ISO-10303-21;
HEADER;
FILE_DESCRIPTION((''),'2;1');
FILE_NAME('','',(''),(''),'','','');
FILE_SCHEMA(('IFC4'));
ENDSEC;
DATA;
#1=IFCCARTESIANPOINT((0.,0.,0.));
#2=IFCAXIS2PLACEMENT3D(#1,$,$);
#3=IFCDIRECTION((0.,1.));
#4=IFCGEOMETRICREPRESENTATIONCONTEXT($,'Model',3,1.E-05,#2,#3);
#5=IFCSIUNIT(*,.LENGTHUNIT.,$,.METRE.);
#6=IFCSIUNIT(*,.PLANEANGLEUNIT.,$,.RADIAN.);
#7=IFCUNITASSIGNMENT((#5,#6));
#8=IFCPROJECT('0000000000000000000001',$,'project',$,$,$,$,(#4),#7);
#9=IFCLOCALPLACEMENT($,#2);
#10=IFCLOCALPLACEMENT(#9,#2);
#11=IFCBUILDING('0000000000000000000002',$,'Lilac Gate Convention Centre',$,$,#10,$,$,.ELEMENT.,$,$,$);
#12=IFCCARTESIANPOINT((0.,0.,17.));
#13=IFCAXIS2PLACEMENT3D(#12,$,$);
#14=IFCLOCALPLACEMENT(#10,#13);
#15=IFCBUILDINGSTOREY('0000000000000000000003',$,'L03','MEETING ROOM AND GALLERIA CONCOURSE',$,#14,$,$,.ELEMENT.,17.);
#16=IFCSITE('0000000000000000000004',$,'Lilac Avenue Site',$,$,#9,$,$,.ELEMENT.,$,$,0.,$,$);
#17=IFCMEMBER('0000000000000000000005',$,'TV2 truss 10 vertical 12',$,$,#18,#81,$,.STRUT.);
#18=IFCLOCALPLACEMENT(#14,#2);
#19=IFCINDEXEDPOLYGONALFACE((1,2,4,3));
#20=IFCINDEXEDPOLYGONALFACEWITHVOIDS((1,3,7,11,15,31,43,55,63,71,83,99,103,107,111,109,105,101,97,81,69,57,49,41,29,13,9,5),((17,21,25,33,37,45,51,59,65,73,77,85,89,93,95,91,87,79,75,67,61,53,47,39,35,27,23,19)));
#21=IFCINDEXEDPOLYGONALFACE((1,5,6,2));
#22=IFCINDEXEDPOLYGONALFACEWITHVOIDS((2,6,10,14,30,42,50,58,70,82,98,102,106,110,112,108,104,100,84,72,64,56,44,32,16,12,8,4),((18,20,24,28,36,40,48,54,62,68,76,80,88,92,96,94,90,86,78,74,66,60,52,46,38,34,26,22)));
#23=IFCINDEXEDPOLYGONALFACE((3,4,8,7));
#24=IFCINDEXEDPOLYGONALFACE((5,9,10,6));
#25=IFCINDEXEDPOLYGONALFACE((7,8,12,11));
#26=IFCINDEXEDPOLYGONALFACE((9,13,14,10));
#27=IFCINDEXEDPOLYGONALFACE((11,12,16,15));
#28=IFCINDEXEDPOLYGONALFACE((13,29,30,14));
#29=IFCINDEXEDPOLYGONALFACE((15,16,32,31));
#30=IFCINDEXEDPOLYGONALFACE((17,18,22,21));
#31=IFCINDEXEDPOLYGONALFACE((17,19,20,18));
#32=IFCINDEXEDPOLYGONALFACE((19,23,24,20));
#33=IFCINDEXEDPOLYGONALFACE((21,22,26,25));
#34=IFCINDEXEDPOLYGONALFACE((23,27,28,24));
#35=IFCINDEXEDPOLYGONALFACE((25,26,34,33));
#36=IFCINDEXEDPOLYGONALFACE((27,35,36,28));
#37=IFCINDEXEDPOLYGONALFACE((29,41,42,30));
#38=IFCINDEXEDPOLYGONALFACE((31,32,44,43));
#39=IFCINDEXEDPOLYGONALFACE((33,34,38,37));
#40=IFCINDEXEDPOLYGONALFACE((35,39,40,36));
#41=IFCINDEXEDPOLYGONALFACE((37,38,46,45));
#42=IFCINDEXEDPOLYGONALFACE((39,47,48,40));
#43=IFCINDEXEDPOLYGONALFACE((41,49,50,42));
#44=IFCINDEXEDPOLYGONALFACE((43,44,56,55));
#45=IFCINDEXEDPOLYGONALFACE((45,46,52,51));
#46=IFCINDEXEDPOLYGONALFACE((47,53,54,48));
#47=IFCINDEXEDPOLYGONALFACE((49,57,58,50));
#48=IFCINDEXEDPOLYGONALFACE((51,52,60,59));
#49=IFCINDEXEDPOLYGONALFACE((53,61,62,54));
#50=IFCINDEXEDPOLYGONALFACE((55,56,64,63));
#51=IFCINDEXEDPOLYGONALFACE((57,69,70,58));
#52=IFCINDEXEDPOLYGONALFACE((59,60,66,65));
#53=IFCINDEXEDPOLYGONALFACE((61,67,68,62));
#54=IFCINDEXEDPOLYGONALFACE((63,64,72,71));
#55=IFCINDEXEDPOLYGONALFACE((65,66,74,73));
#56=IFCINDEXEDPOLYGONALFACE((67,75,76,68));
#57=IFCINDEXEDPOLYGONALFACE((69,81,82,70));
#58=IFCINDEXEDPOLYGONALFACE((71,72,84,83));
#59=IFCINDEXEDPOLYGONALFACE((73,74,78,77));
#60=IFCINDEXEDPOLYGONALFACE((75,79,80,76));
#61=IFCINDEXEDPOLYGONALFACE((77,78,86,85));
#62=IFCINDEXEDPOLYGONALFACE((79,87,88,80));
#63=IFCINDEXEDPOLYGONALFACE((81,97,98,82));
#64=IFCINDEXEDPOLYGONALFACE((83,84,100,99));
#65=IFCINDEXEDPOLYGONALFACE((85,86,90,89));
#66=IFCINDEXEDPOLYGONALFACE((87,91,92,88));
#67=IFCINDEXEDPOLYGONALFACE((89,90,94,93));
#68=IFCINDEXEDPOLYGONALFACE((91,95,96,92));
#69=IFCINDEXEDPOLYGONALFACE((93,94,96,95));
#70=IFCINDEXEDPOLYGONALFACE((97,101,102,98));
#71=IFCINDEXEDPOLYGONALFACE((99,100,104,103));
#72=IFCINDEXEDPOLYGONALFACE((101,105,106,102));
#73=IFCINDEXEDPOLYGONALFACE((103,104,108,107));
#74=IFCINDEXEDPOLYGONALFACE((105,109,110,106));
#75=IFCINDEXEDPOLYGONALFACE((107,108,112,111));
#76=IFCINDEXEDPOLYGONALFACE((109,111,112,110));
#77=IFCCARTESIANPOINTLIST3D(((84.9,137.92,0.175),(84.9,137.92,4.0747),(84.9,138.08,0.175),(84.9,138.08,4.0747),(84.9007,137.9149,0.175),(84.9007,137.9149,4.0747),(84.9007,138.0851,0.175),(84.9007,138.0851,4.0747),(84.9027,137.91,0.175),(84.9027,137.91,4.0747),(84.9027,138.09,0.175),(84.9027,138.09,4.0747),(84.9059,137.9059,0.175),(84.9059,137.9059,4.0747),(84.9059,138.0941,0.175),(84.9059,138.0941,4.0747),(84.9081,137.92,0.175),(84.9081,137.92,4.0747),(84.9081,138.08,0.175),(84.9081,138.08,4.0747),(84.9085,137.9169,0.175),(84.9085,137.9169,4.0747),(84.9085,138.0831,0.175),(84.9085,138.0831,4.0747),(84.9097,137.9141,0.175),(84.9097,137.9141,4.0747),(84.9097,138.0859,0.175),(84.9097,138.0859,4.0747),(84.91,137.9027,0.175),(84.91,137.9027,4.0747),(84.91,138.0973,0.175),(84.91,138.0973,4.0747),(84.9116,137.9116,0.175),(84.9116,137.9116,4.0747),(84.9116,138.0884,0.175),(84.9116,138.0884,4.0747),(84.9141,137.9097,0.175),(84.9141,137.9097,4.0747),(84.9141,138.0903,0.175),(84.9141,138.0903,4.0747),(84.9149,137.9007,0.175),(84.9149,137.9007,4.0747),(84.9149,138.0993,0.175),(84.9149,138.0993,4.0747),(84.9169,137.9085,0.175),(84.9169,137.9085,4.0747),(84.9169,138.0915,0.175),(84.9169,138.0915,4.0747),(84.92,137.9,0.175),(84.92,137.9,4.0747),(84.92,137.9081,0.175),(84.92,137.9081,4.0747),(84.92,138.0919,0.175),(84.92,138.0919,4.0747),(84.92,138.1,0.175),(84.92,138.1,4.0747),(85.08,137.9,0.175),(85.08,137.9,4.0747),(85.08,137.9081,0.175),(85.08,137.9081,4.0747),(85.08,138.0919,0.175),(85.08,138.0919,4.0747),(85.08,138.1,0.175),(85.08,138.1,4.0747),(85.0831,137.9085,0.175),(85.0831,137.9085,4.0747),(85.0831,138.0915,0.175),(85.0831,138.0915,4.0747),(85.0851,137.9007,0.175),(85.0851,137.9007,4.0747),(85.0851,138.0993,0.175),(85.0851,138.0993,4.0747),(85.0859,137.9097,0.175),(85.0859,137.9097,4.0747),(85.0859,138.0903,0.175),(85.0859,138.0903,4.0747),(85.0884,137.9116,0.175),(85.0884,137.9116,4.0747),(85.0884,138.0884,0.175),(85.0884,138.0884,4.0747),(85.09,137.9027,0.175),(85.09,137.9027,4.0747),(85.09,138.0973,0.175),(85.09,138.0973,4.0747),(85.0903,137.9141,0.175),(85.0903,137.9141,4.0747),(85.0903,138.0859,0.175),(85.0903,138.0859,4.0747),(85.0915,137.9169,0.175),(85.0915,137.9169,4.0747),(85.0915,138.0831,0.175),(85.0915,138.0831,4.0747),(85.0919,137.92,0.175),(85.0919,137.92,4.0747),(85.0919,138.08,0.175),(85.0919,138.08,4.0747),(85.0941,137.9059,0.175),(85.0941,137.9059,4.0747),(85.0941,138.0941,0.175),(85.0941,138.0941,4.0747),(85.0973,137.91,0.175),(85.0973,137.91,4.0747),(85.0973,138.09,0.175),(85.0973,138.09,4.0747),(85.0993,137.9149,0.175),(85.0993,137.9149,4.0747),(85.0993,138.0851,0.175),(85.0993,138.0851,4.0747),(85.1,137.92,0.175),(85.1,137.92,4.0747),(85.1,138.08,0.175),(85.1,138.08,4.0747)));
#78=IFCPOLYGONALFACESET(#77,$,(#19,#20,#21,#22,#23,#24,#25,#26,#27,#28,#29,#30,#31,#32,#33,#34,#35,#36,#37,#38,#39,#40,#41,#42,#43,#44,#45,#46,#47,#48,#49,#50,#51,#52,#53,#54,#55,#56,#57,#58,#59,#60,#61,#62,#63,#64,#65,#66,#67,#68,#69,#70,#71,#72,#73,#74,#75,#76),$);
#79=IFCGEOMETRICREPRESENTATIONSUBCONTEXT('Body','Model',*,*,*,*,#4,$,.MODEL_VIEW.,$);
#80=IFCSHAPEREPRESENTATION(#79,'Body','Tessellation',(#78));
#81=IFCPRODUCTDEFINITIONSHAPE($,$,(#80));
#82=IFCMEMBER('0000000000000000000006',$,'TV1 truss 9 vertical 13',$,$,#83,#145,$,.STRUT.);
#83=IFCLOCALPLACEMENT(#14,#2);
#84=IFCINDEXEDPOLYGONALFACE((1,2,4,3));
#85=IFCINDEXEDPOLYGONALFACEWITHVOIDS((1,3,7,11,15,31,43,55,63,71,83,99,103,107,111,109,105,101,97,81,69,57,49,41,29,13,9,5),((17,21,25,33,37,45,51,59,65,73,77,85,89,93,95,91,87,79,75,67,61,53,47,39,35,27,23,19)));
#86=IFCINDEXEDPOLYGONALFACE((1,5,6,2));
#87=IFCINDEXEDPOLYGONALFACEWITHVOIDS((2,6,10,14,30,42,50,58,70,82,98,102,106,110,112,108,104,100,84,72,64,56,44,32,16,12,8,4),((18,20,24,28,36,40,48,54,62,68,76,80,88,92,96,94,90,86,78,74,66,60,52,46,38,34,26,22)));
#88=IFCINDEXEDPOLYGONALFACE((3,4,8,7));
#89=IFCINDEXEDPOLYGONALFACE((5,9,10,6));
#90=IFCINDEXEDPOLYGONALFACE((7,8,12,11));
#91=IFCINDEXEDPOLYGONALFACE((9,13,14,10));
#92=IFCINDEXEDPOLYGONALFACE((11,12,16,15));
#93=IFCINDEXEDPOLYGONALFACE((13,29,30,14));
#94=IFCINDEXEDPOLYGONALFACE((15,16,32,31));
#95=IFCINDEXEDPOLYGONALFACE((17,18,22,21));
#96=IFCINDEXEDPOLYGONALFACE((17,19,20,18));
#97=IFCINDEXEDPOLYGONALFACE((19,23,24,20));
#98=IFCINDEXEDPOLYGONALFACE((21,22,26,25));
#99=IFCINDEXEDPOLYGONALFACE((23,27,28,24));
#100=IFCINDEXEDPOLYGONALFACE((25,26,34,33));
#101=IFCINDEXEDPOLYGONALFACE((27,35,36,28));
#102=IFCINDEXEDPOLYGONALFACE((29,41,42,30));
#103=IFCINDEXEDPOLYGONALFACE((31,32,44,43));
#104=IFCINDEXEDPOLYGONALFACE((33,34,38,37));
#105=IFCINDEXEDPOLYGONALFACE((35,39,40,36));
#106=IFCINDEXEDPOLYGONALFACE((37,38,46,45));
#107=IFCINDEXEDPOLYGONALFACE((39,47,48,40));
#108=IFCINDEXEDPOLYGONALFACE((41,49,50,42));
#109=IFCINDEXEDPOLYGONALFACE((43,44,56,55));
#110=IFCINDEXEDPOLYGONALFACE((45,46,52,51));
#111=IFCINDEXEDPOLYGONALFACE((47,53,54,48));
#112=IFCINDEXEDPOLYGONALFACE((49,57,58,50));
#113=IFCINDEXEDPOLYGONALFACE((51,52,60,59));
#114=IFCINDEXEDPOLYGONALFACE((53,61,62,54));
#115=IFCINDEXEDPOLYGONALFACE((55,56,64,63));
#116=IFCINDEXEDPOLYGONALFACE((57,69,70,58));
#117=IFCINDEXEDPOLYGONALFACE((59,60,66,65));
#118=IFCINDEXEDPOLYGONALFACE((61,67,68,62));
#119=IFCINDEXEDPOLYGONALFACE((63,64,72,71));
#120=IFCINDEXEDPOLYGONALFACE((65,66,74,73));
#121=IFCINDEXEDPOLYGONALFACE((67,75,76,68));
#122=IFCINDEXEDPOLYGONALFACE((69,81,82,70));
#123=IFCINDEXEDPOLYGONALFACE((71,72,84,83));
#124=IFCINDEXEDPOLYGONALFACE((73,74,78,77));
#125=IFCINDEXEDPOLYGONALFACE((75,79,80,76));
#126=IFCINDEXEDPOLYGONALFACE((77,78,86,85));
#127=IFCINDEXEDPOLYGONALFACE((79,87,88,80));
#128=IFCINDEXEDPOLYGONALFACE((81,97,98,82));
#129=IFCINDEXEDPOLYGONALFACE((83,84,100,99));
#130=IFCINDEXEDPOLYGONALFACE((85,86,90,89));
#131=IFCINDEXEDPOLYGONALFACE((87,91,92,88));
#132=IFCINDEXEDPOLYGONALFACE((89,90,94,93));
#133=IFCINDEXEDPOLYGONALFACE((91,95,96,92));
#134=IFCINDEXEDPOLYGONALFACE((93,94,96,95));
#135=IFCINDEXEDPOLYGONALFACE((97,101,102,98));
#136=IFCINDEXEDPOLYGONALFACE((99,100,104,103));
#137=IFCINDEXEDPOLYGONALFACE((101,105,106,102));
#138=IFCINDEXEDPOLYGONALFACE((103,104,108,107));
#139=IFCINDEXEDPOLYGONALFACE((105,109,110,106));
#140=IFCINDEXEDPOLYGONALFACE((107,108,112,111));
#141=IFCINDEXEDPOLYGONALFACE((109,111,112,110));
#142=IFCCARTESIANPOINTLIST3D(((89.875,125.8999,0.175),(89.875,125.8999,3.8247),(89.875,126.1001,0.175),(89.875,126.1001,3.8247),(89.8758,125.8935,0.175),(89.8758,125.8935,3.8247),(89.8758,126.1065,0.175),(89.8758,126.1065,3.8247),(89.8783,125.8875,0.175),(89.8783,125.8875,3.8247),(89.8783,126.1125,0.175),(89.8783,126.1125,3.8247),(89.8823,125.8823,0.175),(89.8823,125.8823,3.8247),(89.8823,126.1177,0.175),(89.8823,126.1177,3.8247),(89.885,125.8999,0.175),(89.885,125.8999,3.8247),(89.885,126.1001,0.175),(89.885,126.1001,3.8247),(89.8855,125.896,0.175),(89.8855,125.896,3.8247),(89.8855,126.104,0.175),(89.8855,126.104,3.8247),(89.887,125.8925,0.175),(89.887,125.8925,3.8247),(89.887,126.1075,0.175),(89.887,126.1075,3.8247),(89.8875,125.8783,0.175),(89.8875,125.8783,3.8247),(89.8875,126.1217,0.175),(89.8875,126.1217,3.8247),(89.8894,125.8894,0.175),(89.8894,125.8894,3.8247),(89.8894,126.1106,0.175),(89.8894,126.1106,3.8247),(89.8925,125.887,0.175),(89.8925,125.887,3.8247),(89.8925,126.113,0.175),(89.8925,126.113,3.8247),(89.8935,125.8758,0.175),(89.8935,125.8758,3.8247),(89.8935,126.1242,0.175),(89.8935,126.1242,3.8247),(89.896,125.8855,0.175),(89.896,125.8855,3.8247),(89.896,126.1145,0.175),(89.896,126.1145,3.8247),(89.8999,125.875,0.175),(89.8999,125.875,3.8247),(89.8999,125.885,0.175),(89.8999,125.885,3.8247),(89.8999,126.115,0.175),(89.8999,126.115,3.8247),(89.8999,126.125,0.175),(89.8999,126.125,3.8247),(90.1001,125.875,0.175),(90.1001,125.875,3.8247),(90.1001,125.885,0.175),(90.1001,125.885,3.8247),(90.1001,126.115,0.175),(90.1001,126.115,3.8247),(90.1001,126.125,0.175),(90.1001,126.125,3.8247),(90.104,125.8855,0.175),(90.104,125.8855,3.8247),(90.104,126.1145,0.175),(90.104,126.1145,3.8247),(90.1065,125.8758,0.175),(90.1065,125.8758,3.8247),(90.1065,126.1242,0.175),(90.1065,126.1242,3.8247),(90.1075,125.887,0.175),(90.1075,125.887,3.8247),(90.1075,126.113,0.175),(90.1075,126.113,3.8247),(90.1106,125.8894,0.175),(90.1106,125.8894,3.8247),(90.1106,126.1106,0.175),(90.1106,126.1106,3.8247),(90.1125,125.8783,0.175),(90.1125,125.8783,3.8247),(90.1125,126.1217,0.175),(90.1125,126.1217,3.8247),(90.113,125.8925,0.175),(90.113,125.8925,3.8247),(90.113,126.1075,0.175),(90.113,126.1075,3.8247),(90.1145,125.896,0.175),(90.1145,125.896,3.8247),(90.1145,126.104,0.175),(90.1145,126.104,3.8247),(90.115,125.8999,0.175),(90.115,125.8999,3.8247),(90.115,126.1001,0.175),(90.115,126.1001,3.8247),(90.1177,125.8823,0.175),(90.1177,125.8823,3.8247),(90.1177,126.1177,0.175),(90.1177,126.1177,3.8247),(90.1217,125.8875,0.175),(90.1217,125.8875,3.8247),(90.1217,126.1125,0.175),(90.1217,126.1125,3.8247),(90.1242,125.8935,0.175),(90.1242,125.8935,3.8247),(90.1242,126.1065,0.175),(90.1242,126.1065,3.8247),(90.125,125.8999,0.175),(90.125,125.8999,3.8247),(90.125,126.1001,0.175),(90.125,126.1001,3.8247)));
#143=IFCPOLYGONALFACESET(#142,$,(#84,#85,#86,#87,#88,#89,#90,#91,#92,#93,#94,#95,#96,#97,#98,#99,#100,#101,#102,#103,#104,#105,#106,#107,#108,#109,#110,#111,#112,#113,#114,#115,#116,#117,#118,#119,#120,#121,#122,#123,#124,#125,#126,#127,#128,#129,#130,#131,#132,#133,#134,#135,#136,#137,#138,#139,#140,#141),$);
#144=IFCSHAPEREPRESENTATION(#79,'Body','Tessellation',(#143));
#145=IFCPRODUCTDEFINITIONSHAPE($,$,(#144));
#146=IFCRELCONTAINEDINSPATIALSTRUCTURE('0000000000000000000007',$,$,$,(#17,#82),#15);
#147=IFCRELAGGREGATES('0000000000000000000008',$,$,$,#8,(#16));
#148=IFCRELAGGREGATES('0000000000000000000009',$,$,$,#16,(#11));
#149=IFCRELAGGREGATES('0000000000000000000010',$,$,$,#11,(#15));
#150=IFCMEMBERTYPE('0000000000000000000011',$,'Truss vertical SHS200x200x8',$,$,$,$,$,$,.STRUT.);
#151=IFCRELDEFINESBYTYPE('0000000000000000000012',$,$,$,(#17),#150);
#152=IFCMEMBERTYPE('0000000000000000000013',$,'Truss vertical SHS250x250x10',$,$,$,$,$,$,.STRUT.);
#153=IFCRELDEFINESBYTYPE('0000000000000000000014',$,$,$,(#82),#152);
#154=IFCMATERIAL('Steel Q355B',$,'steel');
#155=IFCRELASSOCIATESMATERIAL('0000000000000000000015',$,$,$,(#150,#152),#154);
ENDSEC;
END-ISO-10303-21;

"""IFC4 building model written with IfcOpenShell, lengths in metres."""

from ifc_helpers import new_model, si_unit, direction, frame, origin, origin_2d, place, context, subcontext, project, spatial, hollow_rectangle, extrude, material, material_profile, profile_set, type_object, element, save


model = new_model("IFC4")

# Units and contexts
model_context = context("Model", 3, precision=1e-05, world=origin(), true_north=direction((0.0, 1.0)))
body_context = subcontext(model_context, "Body", "Model", "MODEL_VIEW")
ifc_project = project(units=[si_unit("LENGTHUNIT", "METRE"), si_unit("PLANEANGLEUNIT", "RADIAN")], contexts=[model_context])

# Site, building, storey
site_placement = place(None, origin())
site = spatial("IfcSite", under=ifc_project, at=site_placement, Name="Lilac Avenue Site", CompositionType="ELEMENT", RefElevation=0.0)
building_placement = place(site_placement, origin())
building = spatial("IfcBuilding", under=site, at=building_placement, Name="Lilac Gate Convention Centre", CompositionType="ELEMENT")
storey_placement = place(building_placement, frame((0.0, 0.0, 17.0)))
storey = spatial("IfcBuildingStorey", under=building, at=storey_placement, Name="L03", Description="MEETING ROOM AND GALLERIA CONCOURSE", CompositionType="ELEMENT", Elevation=17.0)

# Members
ifc_material = material(Name="Steel Q355B", Category="steel")
ifc_material_profile_1 = material_profile(ifc_material, hollow_rectangle(XDim=0.2, YDim=0.2, WallThickness=0.0081, InnerFilletRadius=0.012, OuterFilletRadius=0.02, at=origin_2d()), Name="SHS200x200x8")
ifc_profile_set_1 = profile_set([ifc_material_profile_1], Name="Steel Q355B")
member_type_1 = type_object("IfcMemberType", Name="Truss vertical SHS200x200x8", PredefinedType="STRUT", material=ifc_profile_set_1)
for number, where, z_axis, x_axis, name in (
    (1, (85.0, 138.0, 0.175), (0.0, 0.0, 1.0), (1.0, 0.0, 0.0), "TV2 truss 10 vertical 12"),
):
    element("IfcMember", number, at=place(storey_placement, frame(where, z_axis=z_axis, x_axis=x_axis)), inside=storey, type_object=member_type_1, Name=name, PredefinedType="STRUT", context=body_context, shape_type="SweptSolid", body=[
        extrude(hollow_rectangle(XDim=0.2, YDim=0.2, WallThickness=0.0081, InnerFilletRadius=0.012, OuterFilletRadius=0.02, at=origin_2d()), origin(), (0.0, 0.0, 1.0), 3.8997),
    ])
ifc_material_profile_2 = material_profile(ifc_material, hollow_rectangle(XDim=0.25, YDim=0.25, WallThickness=0.01, InnerFilletRadius=0.0149, OuterFilletRadius=0.0249, at=origin_2d()), Name="SHS250x250x10")
ifc_profile_set_2 = profile_set([ifc_material_profile_2], Name="Steel Q355B")
member_type_2 = type_object("IfcMemberType", Name="Truss vertical SHS250x250x10", PredefinedType="STRUT", material=ifc_profile_set_2)
for number, where, z_axis, x_axis, name in (
    (2, (90.0, 126.0, 0.175), (0.0, 0.0, 1.0), (1.0, 0.0, 0.0), "TV1 truss 9 vertical 13"),
):
    element("IfcMember", number, at=place(storey_placement, frame(where, z_axis=z_axis, x_axis=x_axis)), inside=storey, type_object=member_type_2, Name=name, PredefinedType="STRUT", context=body_context, shape_type="SweptSolid", body=[
        extrude(hollow_rectangle(XDim=0.25, YDim=0.25, WallThickness=0.01, InnerFilletRadius=0.0149, OuterFilletRadius=0.0249, at=origin_2d()), origin(), (0.0, 0.0, 1.0), 3.6497),
    ])

save(model, "model.ifc")
